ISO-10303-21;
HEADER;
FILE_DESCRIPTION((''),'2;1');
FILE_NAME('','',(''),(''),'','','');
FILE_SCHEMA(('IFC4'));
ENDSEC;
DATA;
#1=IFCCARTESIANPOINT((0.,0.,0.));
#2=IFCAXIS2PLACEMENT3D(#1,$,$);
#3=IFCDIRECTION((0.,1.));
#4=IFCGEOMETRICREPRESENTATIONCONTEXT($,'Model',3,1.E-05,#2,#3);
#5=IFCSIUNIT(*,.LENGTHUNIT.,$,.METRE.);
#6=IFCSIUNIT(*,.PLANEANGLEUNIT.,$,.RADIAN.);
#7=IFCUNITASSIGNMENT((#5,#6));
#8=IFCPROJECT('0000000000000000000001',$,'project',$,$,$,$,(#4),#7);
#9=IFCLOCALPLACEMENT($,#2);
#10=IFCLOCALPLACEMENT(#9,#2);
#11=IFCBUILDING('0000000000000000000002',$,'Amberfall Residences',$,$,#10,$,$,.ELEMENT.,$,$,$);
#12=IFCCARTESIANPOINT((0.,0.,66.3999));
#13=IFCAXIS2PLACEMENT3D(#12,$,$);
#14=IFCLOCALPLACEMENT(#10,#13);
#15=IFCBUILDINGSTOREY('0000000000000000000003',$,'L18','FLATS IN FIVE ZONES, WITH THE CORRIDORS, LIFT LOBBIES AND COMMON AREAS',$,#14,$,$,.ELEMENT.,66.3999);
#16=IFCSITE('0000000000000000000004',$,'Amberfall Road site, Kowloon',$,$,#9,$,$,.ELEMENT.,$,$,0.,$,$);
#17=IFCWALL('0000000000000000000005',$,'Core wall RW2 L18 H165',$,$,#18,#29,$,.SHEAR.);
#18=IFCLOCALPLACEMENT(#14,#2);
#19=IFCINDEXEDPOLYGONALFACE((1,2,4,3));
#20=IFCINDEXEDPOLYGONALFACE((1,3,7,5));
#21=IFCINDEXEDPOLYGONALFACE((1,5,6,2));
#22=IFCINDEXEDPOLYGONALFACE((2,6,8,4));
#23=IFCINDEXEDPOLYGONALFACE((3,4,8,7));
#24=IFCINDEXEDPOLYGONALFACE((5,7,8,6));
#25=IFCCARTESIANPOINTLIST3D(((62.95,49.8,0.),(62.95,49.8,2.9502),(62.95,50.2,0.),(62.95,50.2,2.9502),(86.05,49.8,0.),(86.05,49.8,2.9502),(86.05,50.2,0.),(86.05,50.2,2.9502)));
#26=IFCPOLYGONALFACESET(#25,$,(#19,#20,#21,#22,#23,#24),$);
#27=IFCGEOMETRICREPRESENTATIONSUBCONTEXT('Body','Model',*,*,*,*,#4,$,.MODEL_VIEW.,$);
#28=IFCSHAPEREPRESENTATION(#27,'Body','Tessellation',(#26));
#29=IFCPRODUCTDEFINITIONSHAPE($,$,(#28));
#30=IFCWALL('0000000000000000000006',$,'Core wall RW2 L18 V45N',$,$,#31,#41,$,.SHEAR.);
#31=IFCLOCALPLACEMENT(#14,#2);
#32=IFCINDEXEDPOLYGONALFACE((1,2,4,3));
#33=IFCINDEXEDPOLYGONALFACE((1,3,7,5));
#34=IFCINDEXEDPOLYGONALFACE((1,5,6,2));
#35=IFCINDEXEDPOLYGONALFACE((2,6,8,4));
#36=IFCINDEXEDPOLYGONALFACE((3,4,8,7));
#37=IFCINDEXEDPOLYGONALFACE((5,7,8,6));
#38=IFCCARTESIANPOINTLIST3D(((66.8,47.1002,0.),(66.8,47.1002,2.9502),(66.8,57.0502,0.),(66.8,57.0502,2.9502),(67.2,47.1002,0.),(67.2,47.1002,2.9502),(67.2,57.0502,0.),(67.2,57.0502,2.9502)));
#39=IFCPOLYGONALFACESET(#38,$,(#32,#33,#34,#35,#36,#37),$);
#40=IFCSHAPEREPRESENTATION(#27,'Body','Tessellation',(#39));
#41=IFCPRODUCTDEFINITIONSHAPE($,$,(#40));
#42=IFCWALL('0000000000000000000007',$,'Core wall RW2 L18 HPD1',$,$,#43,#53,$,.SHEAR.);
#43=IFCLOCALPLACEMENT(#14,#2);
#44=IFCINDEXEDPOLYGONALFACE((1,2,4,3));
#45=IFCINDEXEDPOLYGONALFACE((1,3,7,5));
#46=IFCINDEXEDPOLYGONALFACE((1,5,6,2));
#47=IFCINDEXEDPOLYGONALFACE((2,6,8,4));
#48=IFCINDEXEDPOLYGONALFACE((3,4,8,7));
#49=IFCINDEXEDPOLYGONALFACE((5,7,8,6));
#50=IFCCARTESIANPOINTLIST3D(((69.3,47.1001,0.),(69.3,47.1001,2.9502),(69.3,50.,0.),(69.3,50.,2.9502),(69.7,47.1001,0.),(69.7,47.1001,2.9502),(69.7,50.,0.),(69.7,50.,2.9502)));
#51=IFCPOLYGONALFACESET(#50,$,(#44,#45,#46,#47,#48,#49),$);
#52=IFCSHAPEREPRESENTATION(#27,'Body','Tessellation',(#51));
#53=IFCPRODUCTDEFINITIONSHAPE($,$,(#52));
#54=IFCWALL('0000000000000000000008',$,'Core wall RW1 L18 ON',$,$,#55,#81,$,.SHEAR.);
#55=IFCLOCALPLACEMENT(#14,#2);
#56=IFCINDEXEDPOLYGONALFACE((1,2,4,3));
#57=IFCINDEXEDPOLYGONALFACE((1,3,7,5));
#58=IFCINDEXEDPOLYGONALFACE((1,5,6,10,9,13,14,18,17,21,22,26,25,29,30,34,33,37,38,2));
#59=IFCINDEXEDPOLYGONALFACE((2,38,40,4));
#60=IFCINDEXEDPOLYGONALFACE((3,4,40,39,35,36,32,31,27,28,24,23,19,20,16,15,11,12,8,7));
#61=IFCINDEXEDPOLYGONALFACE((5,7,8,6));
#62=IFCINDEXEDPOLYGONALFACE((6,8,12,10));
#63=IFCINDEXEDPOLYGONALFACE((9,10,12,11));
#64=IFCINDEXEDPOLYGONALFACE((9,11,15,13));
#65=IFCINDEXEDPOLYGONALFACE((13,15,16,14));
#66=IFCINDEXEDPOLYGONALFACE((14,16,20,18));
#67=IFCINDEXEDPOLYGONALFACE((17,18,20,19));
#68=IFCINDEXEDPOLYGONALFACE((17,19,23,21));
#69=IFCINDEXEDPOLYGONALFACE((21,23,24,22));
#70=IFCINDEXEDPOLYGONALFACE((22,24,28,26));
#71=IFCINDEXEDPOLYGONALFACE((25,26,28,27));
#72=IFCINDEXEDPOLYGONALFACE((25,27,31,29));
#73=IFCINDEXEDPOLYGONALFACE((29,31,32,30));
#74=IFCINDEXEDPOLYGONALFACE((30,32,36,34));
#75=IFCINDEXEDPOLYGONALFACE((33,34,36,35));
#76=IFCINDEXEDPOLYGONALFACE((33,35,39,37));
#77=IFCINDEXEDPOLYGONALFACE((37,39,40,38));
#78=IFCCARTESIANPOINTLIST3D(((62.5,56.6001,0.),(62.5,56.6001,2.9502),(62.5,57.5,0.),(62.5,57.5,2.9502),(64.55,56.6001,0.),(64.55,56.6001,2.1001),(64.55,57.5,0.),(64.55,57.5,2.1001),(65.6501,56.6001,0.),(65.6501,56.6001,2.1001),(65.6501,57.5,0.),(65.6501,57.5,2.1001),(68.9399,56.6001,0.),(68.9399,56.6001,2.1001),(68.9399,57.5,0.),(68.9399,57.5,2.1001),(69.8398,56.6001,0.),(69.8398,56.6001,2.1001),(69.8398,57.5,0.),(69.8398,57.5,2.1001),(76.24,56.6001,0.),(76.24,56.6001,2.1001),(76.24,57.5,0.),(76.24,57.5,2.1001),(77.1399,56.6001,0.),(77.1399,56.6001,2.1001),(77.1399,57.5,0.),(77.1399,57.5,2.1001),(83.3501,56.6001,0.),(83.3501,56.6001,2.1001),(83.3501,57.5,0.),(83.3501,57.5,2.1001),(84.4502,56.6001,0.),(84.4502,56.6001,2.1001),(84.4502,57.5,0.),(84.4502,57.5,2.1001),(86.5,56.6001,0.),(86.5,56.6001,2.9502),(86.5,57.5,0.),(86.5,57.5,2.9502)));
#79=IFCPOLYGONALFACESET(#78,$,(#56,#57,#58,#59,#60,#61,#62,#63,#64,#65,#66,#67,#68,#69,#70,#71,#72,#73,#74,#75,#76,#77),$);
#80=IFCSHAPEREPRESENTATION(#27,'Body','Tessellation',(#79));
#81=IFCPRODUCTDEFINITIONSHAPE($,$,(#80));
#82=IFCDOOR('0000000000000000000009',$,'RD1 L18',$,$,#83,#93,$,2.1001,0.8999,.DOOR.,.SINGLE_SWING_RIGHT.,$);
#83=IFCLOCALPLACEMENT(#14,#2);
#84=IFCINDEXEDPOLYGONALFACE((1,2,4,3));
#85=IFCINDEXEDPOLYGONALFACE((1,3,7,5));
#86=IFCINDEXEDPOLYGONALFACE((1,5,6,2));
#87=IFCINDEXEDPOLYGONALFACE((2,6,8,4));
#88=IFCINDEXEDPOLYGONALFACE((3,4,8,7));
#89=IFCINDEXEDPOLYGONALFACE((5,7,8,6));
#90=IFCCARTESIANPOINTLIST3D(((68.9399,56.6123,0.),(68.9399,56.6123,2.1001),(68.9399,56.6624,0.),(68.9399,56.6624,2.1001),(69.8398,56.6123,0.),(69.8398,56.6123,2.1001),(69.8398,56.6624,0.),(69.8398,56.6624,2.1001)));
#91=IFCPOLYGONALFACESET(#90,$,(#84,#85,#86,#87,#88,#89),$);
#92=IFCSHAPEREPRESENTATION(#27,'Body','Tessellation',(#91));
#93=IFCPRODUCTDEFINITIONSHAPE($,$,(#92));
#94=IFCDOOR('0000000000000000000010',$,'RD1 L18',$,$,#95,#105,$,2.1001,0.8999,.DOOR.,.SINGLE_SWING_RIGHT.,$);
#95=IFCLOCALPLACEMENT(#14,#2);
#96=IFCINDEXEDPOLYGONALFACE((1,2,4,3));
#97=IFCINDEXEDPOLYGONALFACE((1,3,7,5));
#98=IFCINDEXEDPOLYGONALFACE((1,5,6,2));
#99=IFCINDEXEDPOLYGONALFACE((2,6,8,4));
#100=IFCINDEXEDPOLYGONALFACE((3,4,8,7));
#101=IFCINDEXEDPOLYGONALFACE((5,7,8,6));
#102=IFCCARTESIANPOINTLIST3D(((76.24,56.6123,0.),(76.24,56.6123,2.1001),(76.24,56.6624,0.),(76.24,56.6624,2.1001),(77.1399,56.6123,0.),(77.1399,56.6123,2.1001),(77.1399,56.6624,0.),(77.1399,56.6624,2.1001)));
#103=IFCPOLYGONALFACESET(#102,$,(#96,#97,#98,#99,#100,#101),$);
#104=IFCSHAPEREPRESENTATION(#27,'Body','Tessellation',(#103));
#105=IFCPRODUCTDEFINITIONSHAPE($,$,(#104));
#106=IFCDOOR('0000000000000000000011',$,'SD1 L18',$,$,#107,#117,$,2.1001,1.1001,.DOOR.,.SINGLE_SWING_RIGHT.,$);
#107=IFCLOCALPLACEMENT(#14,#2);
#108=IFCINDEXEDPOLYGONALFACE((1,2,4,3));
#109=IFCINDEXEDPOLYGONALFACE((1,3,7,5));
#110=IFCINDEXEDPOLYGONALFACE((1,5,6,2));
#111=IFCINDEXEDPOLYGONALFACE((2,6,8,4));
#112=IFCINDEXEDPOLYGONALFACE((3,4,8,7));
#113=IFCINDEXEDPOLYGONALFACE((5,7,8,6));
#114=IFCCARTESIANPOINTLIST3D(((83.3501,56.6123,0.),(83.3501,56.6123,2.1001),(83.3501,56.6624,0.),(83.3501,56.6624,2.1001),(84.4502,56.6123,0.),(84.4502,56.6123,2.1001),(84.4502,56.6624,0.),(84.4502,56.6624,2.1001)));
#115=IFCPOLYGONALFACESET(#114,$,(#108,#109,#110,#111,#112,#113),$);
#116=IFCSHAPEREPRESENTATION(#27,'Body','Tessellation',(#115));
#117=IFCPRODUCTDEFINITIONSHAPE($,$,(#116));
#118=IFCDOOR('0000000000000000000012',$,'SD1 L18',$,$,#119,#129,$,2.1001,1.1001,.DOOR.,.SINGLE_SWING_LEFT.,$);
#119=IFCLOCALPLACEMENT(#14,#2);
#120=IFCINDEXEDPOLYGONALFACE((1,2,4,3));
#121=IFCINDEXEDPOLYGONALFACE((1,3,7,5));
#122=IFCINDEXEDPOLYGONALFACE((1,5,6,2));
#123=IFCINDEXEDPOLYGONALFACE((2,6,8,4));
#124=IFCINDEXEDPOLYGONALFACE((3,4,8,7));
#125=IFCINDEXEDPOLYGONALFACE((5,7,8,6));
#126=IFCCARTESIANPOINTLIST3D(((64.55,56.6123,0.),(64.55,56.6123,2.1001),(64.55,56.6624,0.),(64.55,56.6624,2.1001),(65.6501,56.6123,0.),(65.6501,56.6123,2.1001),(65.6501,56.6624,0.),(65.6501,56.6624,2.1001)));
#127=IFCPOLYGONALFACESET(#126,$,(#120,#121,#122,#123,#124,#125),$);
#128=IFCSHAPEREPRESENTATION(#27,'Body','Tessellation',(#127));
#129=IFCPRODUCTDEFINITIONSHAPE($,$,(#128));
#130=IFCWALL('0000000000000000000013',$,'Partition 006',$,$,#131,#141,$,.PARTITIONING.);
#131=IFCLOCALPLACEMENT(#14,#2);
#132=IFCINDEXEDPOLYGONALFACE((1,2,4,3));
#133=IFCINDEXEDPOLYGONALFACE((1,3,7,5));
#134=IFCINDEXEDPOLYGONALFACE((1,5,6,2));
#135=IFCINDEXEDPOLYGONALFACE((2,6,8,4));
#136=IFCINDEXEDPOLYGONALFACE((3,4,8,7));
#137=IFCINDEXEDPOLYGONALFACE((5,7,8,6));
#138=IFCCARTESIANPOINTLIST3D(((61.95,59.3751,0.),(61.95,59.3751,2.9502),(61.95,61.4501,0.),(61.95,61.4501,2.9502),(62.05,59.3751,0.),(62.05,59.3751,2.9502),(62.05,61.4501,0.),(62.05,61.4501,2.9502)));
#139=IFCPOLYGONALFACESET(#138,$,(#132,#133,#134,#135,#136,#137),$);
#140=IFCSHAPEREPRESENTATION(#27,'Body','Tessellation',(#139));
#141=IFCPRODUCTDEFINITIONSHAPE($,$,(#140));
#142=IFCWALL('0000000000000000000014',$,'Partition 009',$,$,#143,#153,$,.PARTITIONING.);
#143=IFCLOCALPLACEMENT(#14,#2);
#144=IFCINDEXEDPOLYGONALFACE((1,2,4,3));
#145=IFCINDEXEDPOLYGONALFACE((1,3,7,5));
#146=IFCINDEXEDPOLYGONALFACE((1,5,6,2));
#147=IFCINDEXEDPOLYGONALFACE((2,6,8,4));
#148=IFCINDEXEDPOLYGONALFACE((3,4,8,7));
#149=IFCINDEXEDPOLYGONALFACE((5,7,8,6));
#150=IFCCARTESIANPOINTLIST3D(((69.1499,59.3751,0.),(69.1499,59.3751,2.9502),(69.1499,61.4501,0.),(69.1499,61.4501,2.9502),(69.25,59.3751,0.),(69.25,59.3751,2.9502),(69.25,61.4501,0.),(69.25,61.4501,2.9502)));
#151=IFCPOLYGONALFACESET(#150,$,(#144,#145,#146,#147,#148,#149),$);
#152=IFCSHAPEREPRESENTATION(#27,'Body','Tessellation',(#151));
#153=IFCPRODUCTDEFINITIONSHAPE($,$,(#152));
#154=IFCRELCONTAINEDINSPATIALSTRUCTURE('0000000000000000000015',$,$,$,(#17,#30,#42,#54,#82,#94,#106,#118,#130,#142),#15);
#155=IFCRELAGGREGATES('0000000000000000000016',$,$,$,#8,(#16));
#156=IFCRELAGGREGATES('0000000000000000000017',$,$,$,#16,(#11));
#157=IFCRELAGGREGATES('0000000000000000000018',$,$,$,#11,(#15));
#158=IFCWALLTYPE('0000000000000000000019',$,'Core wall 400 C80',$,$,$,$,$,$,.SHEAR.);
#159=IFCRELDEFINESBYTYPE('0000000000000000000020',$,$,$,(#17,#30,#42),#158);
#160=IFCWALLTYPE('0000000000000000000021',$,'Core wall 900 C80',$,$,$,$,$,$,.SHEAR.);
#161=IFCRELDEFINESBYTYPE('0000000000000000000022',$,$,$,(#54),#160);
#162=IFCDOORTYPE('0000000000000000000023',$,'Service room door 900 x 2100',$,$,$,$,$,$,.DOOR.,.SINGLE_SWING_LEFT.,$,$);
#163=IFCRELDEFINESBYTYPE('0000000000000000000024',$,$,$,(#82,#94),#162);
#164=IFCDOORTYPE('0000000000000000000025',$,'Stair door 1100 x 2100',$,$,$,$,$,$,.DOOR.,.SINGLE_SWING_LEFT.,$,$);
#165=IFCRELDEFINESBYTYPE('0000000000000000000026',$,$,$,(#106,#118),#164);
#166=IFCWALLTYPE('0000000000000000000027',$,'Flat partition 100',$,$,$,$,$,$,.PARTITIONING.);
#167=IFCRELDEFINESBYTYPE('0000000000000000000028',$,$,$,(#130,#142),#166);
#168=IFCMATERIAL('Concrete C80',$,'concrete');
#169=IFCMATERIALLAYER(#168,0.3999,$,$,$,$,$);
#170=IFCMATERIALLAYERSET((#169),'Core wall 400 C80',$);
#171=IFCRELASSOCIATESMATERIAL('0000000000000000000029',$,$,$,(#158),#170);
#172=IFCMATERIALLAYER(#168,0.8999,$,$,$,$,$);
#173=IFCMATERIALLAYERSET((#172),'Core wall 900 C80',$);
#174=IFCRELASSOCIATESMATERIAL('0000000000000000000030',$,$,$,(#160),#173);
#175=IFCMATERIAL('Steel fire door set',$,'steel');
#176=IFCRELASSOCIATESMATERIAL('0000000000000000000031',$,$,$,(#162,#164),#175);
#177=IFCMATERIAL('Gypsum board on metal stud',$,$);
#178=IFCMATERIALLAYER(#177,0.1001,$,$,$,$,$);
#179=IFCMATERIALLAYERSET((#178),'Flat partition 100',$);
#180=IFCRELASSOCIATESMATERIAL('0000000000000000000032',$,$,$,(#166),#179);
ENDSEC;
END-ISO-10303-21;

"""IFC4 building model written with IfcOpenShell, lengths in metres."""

from ifc_helpers import new_model, si_unit, direction, frame, frame_2d, origin, place, context, subcontext, project, spatial, rectangle, extrude, material, layer, layer_set, type_object, element, fill, save


model = new_model("IFC4")

# Units and contexts
model_context = context("Model", 3, precision=1e-05, world=origin(), true_north=direction((0.0, 1.0)))
body_context = subcontext(model_context, "Body", "Model", "MODEL_VIEW")
ifc_project = project(units=[si_unit("LENGTHUNIT", "METRE"), si_unit("PLANEANGLEUNIT", "RADIAN")], contexts=[model_context])

# Site, building, storey
site_placement = place(None, origin())
site = spatial("IfcSite", under=ifc_project, at=site_placement, Name="Amberfall Road site, Kowloon", CompositionType="ELEMENT", RefElevation=0.0)
building_placement = place(site_placement, origin())
building = spatial("IfcBuilding", under=site, at=building_placement, Name="Amberfall Residences", CompositionType="ELEMENT")
storey_placement = place(building_placement, frame((0.0, 0.0, 66.3999)))
storey = spatial("IfcBuildingStorey", under=building, at=storey_placement, Name="L18", Description="FLATS IN FIVE ZONES, WITH THE CORRIDORS, LIFT LOBBIES AND COMMON AREAS", CompositionType="ELEMENT", Elevation=66.3999)

# Walls
ifc_material_1 = material(Name="Concrete C80", Category="concrete")
ifc_layer_1 = layer(ifc_material_1, 0.3999)
ifc_layer_set_1 = layer_set([ifc_layer_1], Name="Core wall 400 C80")
wall_type_1 = type_object("IfcWallType", Name="Core wall 400 C80", PredefinedType="SHEAR", material=ifc_layer_set_1)
wall_1_placement = place(storey_placement, frame((62.95, 50.0, 0.0), z_axis=(0.0, 0.0, 1.0), x_axis=(1.0, 0.0, 0.0)))
element("IfcWall", 1, at=wall_1_placement, inside=storey, type_object=wall_type_1, Name="Core wall RW2 L18 H165", PredefinedType="SHEAR", context=body_context, shape_type="SweptSolid", body=[
    extrude(rectangle(XDim=23.1001, YDim=0.3999, at=frame_2d((11.55, 0.0))), origin(), (0.0, 0.0, 1.0), 2.9502),
])
wall_2_placement = place(storey_placement, frame((67.0, 47.1001, 0.0), z_axis=(0.0, 0.0, 1.0), x_axis=(0.0, 1.0, 0.0)))
element("IfcWall", 2, at=wall_2_placement, inside=storey, type_object=wall_type_1, Name="Core wall RW2 L18 V45N", PredefinedType="SHEAR", context=body_context, shape_type="SweptSolid", body=[
    extrude(rectangle(XDim=9.95, YDim=0.3999, at=frame_2d((4.9751, 0.0))), origin(), (0.0, 0.0, 1.0), 2.9502),
])
wall_3_placement = place(storey_placement, frame((69.5, 47.1001, 0.0), z_axis=(0.0, 0.0, 1.0), x_axis=(0.0, 1.0, 0.0)))
element("IfcWall", 3, at=wall_3_placement, inside=storey, type_object=wall_type_1, Name="Core wall RW2 L18 HPD1", PredefinedType="SHEAR", context=body_context, shape_type="SweptSolid", body=[
    extrude(rectangle(XDim=2.8999, YDim=0.3999, at=frame_2d((1.45, 0.0))), origin(), (0.0, 0.0, 1.0), 2.9502),
])

# Wall, openings, doors
ifc_layer_2 = layer(ifc_material_1, 0.8999)
ifc_layer_set_2 = layer_set([ifc_layer_2], Name="Core wall 900 C80")
wall_type_2 = type_object("IfcWallType", Name="Core wall 900 C80", PredefinedType="SHEAR", material=ifc_layer_set_2)
wall_4_placement = place(storey_placement, frame((62.5, 57.05, 0.0), z_axis=(0.0, 0.0, 1.0), x_axis=(1.0, 0.0, 0.0)))
wall_4 = element("IfcWall", 4, at=wall_4_placement, inside=storey, type_object=wall_type_2, Name="Core wall RW1 L18 ON", PredefinedType="SHEAR", context=body_context, shape_type="SweptSolid", body=[
    extrude(rectangle(XDim=24.0, YDim=0.8999, at=frame_2d((12.0, 0.0))), origin(), (0.0, 0.0, 1.0), 2.9502),
])
opening_1_placement = place(wall_4_placement, frame((20.8501, 0.0, 0.0)))
opening_1 = element("IfcOpeningElement", 5, at=opening_1_placement, cuts=wall_4, PredefinedType="OPENING", context=body_context, shape_type="SweptSolid", body=[
    extrude(rectangle(XDim=1.1001, YDim=2.1001, at=frame_2d((0.55, 1.05))), frame((0.0, 0.46, 0.0), z_axis=(0.0, -1.0, 0.0), x_axis=(1.0, 0.0, 0.0)), (0.0, 0.0, 1.0), 0.9199),
])
opening_2_placement = place(wall_4_placement, frame((2.05, 0.0, 0.0)))
opening_2 = element("IfcOpeningElement", 6, at=opening_2_placement, cuts=wall_4, PredefinedType="OPENING", context=body_context, shape_type="SweptSolid", body=[
    extrude(rectangle(XDim=1.1001, YDim=2.1001, at=frame_2d((0.55, 1.05))), frame((0.0, 0.46, 0.0), z_axis=(0.0, -1.0, 0.0), x_axis=(1.0, 0.0, 0.0)), (0.0, 0.0, 1.0), 0.9199),
])
opening_3_placement = place(wall_4_placement, frame((6.4399, 0.0, 0.0)))
opening_3 = element("IfcOpeningElement", 7, at=opening_3_placement, cuts=wall_4, PredefinedType="OPENING", context=body_context, shape_type="SweptSolid", body=[
    extrude(rectangle(XDim=0.8999, YDim=2.1001, at=frame_2d((0.45, 1.05))), frame((0.0, 0.46, 0.0), z_axis=(0.0, -1.0, 0.0), x_axis=(1.0, 0.0, 0.0)), (0.0, 0.0, 1.0), 0.9199),
])
opening_4_placement = place(wall_4_placement, frame((13.74, 0.0, 0.0)))
opening_4 = element("IfcOpeningElement", 8, at=opening_4_placement, cuts=wall_4, PredefinedType="OPENING", context=body_context, shape_type="SweptSolid", body=[
    extrude(rectangle(XDim=0.8999, YDim=2.1001, at=frame_2d((0.45, 1.05))), frame((0.0, 0.46, 0.0), z_axis=(0.0, -1.0, 0.0), x_axis=(1.0, 0.0, 0.0)), (0.0, 0.0, 1.0), 0.9199),
])
ifc_material_2 = material(Name="Steel fire door set", Category="steel")
door_type_1 = type_object("IfcDoorType", Name="Service room door 900 x 2100", OperationType="SINGLE_SWING_LEFT", PredefinedType="DOOR", material=ifc_material_2)
door_1_placement = place(opening_3_placement, origin())
door_1 = element("IfcDoor", 9, at=door_1_placement, inside=storey, type_object=door_type_1, Name="RD1 L18", OperationType="SINGLE_SWING_RIGHT", OverallHeight=2.1001, OverallWidth=0.8999, PredefinedType="DOOR", context=body_context, shape_type="SweptSolid", body=[
    extrude(rectangle(XDim=0.8999, YDim=2.1001, at=frame_2d((0.45, 1.05))), frame((0.0, -0.3877, 0.0), z_axis=(0.0, -1.0, 0.0), x_axis=(1.0, 0.0, 0.0)), (0.0, 0.0, 1.0), 0.05),
])
fill(opening_3, door_1)
door_2_placement = place(opening_4_placement, origin())
door_2 = element("IfcDoor", 10, at=door_2_placement, inside=storey, type_object=door_type_1, Name="RD1 L18", OperationType="SINGLE_SWING_RIGHT", OverallHeight=2.1001, OverallWidth=0.8999, PredefinedType="DOOR", context=body_context, shape_type="SweptSolid", body=[
    extrude(rectangle(XDim=0.8999, YDim=2.1001, at=frame_2d((0.45, 1.05))), frame((0.0, -0.3877, 0.0), z_axis=(0.0, -1.0, 0.0), x_axis=(1.0, 0.0, 0.0)), (0.0, 0.0, 1.0), 0.05),
])
fill(opening_4, door_2)
door_type_2 = type_object("IfcDoorType", Name="Stair door 1100 x 2100", OperationType="SINGLE_SWING_LEFT", PredefinedType="DOOR", material=ifc_material_2)
door_3_placement = place(opening_1_placement, origin())
door_3 = element("IfcDoor", 11, at=door_3_placement, inside=storey, type_object=door_type_2, Name="SD1 L18", OperationType="SINGLE_SWING_RIGHT", OverallHeight=2.1001, OverallWidth=1.1001, PredefinedType="DOOR", context=body_context, shape_type="SweptSolid", body=[
    extrude(rectangle(XDim=1.1001, YDim=2.1001, at=frame_2d((0.55, 1.05))), frame((0.0, -0.3877, 0.0), z_axis=(0.0, -1.0, 0.0), x_axis=(1.0, 0.0, 0.0)), (0.0, 0.0, 1.0), 0.05),
])
fill(opening_1, door_3)
door_4_placement = place(opening_2_placement, origin())
door_4 = element("IfcDoor", 12, at=door_4_placement, inside=storey, type_object=door_type_2, Name="SD1 L18", OperationType="SINGLE_SWING_LEFT", OverallHeight=2.1001, OverallWidth=1.1001, PredefinedType="DOOR", context=body_context, shape_type="SweptSolid", body=[
    extrude(rectangle(XDim=1.1001, YDim=2.1001, at=frame_2d((0.55, 1.05))), frame((0.0, -0.3877, 0.0), z_axis=(0.0, -1.0, 0.0), x_axis=(1.0, 0.0, 0.0)), (0.0, 0.0, 1.0), 0.05),
])
fill(opening_2, door_4)

# Walls
ifc_material_3 = material(Name="Gypsum board on metal stud")
ifc_layer_3 = layer(ifc_material_3, 0.1001)
ifc_layer_set_3 = layer_set([ifc_layer_3], Name="Flat partition 100")
wall_type_3 = type_object("IfcWallType", Name="Flat partition 100", PredefinedType="PARTITIONING", material=ifc_layer_set_3)
for number, where, z_axis, x_axis, name in (
    (13, (62.0, 59.375, 0.0), (0.0, 0.0, 1.0), (0.0, 1.0, 0.0), "Partition 006"),
    (14, (69.2, 59.375, 0.0), (0.0, 0.0, 1.0), (0.0, 1.0, 0.0), "Partition 009"),
):
    element("IfcWall", number, at=place(storey_placement, frame(where, z_axis=z_axis, x_axis=x_axis)), inside=storey, type_object=wall_type_3, Name=name, PredefinedType="PARTITIONING", context=body_context, shape_type="SweptSolid", body=[
        extrude(rectangle(XDim=2.075, YDim=0.1001, at=frame_2d((1.0376, 0.0))), origin(), (0.0, 0.0, 1.0), 2.9502),
    ])

save(model, "model.ifc")
